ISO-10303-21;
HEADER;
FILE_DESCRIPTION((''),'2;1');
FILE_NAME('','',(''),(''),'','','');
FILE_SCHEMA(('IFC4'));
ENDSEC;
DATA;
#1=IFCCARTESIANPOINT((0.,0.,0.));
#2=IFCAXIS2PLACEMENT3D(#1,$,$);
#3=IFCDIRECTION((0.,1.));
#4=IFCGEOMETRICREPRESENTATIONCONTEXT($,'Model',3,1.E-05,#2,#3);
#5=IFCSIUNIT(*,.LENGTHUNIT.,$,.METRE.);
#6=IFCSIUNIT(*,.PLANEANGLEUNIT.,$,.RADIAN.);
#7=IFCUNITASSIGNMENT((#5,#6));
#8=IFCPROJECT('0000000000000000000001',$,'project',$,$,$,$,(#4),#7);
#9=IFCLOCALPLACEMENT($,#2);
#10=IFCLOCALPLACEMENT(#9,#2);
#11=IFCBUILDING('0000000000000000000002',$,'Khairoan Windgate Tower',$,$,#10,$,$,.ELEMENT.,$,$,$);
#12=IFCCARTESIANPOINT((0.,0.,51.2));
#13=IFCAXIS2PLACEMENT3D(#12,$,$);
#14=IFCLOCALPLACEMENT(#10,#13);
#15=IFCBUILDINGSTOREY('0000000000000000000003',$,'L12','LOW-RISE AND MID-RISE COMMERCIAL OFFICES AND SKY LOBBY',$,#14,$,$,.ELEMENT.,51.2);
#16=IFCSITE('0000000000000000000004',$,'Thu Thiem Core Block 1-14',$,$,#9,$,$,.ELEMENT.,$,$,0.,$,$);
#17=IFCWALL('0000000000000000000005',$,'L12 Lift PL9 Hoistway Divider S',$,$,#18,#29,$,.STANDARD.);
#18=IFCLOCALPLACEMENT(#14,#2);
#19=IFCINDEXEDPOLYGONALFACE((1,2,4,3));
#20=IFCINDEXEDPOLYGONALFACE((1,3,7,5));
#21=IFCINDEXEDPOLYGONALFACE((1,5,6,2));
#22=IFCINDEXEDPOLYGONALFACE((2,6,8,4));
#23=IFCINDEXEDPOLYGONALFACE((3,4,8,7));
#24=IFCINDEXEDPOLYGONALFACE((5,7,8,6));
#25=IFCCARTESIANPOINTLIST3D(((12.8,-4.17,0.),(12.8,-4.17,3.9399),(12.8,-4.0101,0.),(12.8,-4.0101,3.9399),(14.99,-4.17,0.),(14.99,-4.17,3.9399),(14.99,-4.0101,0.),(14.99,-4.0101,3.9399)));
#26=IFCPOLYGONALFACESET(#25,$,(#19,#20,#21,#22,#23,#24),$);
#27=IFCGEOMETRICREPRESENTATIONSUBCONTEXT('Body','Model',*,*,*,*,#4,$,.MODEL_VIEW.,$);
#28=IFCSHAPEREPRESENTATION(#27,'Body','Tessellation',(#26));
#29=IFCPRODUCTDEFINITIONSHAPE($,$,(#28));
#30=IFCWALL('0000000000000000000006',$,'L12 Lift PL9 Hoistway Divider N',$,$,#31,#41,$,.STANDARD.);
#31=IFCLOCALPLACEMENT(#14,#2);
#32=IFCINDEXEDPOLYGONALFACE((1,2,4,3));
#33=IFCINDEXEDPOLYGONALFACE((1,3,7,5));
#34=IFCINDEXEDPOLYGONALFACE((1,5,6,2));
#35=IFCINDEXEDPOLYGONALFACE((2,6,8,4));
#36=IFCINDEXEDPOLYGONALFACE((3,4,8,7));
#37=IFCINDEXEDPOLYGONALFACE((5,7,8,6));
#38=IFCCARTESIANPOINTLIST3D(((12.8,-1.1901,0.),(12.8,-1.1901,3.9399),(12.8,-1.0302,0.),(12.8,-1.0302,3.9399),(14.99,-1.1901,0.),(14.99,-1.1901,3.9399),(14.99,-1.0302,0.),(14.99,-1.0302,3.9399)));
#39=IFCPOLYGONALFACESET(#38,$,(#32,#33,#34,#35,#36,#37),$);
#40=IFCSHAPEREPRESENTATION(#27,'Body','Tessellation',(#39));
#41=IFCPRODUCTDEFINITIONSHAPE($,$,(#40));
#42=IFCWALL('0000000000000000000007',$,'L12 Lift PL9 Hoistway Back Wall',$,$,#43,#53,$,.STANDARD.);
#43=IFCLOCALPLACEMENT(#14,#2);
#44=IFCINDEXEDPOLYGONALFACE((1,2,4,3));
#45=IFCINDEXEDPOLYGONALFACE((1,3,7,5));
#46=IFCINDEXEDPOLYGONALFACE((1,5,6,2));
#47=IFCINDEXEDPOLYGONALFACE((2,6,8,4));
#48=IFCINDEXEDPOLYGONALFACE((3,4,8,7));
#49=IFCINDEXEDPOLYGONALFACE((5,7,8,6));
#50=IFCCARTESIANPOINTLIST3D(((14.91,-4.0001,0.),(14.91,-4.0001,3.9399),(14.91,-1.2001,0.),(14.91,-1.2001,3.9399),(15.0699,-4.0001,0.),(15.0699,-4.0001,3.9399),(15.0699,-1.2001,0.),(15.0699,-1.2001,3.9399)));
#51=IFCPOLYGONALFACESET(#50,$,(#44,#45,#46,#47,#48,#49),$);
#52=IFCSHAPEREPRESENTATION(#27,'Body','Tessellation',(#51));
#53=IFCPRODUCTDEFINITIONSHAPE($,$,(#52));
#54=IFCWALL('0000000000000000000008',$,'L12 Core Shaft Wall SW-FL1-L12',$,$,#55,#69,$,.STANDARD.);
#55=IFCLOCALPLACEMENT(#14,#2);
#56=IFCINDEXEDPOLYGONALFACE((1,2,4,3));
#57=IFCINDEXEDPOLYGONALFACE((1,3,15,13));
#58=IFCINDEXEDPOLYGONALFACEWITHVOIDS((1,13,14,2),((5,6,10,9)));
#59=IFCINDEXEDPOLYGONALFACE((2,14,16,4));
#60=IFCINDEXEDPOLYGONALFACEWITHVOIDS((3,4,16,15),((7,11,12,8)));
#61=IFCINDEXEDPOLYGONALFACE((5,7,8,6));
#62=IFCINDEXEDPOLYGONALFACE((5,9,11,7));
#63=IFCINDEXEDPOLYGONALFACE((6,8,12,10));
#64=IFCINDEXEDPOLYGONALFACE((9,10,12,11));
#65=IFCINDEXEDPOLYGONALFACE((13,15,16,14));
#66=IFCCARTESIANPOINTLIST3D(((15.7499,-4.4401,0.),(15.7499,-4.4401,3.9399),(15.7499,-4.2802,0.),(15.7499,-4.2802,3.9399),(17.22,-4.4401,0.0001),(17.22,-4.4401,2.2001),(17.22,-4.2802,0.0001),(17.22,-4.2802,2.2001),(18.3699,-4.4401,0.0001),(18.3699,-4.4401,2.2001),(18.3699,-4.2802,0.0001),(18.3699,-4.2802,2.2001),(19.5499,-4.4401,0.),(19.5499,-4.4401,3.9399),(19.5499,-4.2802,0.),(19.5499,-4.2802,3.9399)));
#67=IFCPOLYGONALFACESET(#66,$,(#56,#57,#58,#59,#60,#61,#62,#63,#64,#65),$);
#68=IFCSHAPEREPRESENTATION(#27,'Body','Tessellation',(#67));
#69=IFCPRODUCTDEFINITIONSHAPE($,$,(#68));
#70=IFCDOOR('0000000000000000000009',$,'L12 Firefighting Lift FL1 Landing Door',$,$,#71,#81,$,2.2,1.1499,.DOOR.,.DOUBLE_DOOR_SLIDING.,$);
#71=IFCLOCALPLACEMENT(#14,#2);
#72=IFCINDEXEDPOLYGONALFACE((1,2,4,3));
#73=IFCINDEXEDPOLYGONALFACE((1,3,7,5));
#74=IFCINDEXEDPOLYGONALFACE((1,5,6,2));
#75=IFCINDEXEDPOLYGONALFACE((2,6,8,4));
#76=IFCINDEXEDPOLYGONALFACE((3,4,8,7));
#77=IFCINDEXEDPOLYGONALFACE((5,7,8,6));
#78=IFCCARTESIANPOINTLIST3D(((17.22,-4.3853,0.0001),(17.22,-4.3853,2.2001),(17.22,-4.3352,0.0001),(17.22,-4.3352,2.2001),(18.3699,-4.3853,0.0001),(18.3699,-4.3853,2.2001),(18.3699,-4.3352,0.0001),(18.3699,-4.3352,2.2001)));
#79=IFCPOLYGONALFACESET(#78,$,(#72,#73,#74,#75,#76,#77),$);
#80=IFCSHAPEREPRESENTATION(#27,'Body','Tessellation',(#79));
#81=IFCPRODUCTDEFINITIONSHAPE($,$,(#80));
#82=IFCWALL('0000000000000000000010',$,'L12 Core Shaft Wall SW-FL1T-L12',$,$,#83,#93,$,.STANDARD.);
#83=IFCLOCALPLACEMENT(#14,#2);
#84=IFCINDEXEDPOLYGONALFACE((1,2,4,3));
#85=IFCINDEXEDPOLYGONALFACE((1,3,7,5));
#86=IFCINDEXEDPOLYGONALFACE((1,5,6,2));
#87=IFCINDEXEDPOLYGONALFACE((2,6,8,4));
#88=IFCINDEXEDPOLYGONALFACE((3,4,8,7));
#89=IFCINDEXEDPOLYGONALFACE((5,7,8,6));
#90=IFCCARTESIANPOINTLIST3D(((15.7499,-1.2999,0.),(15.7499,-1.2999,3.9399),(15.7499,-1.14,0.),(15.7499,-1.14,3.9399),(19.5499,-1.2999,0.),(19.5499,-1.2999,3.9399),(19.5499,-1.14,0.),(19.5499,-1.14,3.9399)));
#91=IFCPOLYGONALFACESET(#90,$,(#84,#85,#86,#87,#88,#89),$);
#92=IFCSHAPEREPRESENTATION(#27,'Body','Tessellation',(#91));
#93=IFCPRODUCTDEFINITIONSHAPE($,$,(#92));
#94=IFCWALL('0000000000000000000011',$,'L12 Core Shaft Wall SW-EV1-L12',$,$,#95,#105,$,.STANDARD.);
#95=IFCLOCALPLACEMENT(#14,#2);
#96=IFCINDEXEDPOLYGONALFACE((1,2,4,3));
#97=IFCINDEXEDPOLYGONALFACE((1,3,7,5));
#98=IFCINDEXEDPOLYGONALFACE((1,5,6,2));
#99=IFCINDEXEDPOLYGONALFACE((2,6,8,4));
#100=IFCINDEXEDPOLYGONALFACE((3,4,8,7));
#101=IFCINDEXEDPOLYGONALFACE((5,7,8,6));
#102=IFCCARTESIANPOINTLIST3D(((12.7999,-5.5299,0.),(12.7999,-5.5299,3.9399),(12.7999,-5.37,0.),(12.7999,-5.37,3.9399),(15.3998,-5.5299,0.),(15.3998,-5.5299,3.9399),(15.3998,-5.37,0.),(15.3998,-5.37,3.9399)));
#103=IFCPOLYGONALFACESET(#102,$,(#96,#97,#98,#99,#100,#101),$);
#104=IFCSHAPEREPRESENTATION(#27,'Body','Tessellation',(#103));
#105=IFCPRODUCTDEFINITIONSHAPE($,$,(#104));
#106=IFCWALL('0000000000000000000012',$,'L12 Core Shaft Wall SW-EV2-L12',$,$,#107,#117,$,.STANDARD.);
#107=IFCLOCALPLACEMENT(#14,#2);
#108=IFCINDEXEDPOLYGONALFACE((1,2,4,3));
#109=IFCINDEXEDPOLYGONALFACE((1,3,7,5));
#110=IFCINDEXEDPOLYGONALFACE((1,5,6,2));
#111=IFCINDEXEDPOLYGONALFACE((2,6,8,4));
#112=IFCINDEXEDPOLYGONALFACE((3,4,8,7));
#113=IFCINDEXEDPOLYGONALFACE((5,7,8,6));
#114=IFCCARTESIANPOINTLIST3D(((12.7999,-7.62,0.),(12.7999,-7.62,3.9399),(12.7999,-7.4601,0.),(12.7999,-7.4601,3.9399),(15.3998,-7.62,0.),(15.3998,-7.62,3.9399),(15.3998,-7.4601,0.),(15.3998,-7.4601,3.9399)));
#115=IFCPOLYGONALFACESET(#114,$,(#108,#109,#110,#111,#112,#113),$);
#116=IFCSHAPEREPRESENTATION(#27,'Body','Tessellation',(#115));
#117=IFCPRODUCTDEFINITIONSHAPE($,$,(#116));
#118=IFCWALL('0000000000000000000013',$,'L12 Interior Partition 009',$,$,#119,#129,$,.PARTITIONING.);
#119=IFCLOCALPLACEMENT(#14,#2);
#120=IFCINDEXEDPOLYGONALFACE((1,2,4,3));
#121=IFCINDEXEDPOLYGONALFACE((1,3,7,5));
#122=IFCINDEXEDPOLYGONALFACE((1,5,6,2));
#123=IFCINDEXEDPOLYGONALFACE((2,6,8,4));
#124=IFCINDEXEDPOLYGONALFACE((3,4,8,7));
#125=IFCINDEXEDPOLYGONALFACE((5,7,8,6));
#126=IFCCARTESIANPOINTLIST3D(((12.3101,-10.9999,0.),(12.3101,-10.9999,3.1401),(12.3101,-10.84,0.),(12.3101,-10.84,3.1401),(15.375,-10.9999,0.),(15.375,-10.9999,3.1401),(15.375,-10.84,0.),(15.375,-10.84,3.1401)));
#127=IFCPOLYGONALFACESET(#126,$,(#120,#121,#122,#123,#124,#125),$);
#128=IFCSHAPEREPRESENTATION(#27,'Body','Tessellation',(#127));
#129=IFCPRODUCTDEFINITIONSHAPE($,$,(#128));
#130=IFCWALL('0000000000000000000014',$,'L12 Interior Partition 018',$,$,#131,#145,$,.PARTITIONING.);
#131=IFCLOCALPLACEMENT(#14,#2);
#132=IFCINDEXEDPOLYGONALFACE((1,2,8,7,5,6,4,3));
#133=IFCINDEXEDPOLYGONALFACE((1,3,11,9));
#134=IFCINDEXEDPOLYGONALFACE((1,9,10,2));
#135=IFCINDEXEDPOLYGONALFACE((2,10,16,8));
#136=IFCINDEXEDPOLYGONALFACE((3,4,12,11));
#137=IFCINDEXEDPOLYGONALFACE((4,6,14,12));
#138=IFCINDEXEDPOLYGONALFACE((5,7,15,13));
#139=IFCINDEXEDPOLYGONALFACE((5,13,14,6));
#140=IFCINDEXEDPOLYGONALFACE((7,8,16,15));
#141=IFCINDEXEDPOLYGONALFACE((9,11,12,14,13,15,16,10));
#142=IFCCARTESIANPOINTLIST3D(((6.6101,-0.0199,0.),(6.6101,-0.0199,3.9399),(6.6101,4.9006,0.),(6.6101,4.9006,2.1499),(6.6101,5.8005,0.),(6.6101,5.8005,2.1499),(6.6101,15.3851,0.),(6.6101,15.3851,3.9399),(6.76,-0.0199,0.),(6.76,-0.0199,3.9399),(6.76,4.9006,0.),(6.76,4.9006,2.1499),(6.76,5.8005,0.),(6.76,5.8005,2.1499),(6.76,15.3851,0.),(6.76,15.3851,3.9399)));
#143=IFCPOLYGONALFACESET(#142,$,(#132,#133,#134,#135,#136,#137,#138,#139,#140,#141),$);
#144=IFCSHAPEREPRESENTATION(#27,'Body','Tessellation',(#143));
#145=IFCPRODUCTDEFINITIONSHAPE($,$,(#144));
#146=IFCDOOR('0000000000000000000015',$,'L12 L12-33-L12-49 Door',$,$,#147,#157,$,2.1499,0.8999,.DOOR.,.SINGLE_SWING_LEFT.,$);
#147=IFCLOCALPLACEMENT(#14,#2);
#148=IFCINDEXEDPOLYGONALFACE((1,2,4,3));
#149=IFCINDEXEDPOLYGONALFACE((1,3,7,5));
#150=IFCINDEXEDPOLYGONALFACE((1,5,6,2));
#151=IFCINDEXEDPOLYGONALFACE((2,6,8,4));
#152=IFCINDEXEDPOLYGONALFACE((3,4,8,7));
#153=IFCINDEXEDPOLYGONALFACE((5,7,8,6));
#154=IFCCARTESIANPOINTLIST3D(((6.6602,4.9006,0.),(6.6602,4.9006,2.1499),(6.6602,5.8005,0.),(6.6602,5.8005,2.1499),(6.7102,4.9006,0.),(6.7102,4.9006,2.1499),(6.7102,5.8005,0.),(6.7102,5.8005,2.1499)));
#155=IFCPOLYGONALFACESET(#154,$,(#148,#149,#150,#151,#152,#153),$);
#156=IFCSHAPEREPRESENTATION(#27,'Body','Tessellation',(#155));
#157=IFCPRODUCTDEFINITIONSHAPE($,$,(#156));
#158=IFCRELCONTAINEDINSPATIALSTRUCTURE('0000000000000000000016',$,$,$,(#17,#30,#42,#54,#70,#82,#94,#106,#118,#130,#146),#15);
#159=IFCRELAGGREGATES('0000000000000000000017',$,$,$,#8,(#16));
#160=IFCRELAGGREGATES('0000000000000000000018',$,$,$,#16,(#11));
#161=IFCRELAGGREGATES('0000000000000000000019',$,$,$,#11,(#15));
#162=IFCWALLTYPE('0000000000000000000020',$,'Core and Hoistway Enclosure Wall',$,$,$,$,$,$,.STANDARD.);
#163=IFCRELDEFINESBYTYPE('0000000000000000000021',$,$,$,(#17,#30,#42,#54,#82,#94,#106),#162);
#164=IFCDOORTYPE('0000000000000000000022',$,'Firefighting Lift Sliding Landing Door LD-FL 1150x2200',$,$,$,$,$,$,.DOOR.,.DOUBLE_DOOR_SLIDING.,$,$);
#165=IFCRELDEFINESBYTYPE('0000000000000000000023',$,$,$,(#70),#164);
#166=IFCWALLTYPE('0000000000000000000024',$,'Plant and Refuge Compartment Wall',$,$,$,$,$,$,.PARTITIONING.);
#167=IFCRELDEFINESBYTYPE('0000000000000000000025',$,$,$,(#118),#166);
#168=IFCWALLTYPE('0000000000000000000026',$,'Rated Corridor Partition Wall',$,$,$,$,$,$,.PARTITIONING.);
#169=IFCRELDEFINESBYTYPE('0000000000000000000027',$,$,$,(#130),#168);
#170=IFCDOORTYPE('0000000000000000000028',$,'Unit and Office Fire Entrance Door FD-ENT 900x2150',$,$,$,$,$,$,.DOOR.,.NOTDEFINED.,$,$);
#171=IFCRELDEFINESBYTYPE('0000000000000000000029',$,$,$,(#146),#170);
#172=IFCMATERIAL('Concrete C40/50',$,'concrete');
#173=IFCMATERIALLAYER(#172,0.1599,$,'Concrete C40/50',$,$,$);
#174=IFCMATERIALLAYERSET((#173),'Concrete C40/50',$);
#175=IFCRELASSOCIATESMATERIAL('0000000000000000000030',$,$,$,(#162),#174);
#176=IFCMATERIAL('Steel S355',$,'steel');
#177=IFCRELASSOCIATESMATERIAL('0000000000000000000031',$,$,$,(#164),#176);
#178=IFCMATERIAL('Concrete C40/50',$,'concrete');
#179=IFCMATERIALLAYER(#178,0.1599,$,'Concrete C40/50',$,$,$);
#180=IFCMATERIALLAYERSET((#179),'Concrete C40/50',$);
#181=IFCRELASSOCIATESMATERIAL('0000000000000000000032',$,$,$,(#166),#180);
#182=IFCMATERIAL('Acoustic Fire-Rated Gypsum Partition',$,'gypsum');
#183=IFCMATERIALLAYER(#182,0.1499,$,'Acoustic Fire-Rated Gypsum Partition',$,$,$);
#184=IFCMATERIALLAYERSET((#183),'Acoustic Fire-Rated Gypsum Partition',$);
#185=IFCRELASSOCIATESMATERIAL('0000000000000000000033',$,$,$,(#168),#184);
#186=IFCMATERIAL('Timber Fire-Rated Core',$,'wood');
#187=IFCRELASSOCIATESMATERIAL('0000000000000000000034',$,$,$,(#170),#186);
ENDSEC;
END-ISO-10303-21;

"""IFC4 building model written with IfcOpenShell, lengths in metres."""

from ifc_helpers import new_model, si_unit, direction, frame, frame_2d, origin, place, context, subcontext, project, spatial, rectangle, extrude, material, layer, layer_set, type_object, element, fill, save


model = new_model("IFC4")

# Units and contexts
model_context = context("Model", 3, precision=1e-05, world=origin(), true_north=direction((0.0, 1.0)))
body_context = subcontext(model_context, "Body", "Model", "MODEL_VIEW")
ifc_project = project(units=[si_unit("LENGTHUNIT", "METRE"), si_unit("PLANEANGLEUNIT", "RADIAN")], contexts=[model_context])

# Site, building, storey
site_placement = place(None, origin())
site = spatial("IfcSite", under=ifc_project, at=site_placement, Name="Thu Thiem Core Block 1-14", CompositionType="ELEMENT", RefElevation=0.0)
building_placement = place(site_placement, origin())
building = spatial("IfcBuilding", under=site, at=building_placement, Name="Khairoan Windgate Tower", CompositionType="ELEMENT")
storey_placement = place(building_placement, frame((0.0, 0.0, 51.2)))
storey = spatial("IfcBuildingStorey", under=building, at=storey_placement, Name="L12", Description="LOW-RISE AND MID-RISE COMMERCIAL OFFICES AND SKY LOBBY", CompositionType="ELEMENT", Elevation=51.2)

# Walls
ifc_material_1 = material(Name="Concrete C40/50", Category="concrete")
ifc_layer_1 = layer(ifc_material_1, 0.1599, Name="Concrete C40/50")
ifc_layer_set_1 = layer_set([ifc_layer_1], Name="Concrete C40/50")
wall_type_1 = type_object("IfcWallType", Name="Core and Hoistway Enclosure Wall", PredefinedType="STANDARD", material=ifc_layer_set_1)
for number, where, z_axis, x_axis, name in (
    (1, (12.8, -4.0901, 0.0), (0.0, 0.0, 1.0), (1.0, 0.0, 0.0), "L12 Lift PL9 Hoistway Divider S"),
    (2, (12.8, -1.1101, 0.0), (0.0, 0.0, 1.0), (1.0, 0.0, 0.0), "L12 Lift PL9 Hoistway Divider N"),
):
    element("IfcWall", number, at=place(storey_placement, frame(where, z_axis=z_axis, x_axis=x_axis)), inside=storey, type_object=wall_type_1, Name=name, PredefinedType="STANDARD", context=body_context, shape_type="SweptSolid", body=[
        extrude(rectangle(XDim=2.1899, YDim=0.1599, at=frame_2d((1.095, 0.0))), origin(), (0.0, 0.0, 1.0), 3.9399),
    ])
wall_1_placement = place(storey_placement, frame((14.99, -4.0, 0.0), z_axis=(0.0, 0.0, 1.0), x_axis=(0.0, 1.0, 0.0)))
element("IfcWall", 3, at=wall_1_placement, inside=storey, type_object=wall_type_1, Name="L12 Lift PL9 Hoistway Back Wall", PredefinedType="STANDARD", context=body_context, shape_type="SweptSolid", body=[
    extrude(rectangle(XDim=2.8, YDim=0.1599, at=frame_2d((1.3999, 0.0))), origin(), (0.0, 0.0, 1.0), 3.9399),
])

# Wall, opening, door
wall_2_placement = place(storey_placement, frame((15.75, -4.3601, 0.0), z_axis=(0.0, 0.0, 1.0), x_axis=(1.0, 0.0, 0.0)))
wall_2 = element("IfcWall", 4, at=wall_2_placement, inside=storey, type_object=wall_type_1, Name="L12 Core Shaft Wall SW-FL1-L12", PredefinedType="STANDARD", context=body_context, shape_type="SweptSolid", body=[
    extrude(rectangle(XDim=3.8, YDim=0.1599, at=frame_2d((1.8999, 0.0))), origin(), (0.0, 0.0, 1.0), 3.9399),
])
opening_1_placement = place(wall_2_placement, frame((1.47, 0.0, 0.0)))
opening_1 = element("IfcOpeningElement", 5, at=opening_1_placement, cuts=wall_2, PredefinedType="OPENING", context=body_context, shape_type="SweptSolid", body=[
    extrude(rectangle(XDim=1.1499, YDim=2.2, at=frame_2d((0.575, 1.1001))), frame((0.0, 0.0898, 0.0), z_axis=(0.0, -1.0, 0.0), x_axis=(1.0, 0.0, 0.0)), (0.0, 0.0, 1.0), 0.1799),
])
ifc_material_2 = material(Name="Steel S355", Category="steel")
door_type_1 = type_object("IfcDoorType", Name="Firefighting Lift Sliding Landing Door LD-FL 1150x2200", OperationType="DOUBLE_DOOR_SLIDING", PredefinedType="DOOR", material=ifc_material_2)
door_1_placement = place(opening_1_placement, origin())
door_1 = element("IfcDoor", 6, at=door_1_placement, inside=storey, type_object=door_type_1, Name="L12 Firefighting Lift FL1 Landing Door", OperationType="DOUBLE_DOOR_SLIDING", OverallHeight=2.2, OverallWidth=1.1499, PredefinedType="DOOR", context=body_context, shape_type="SweptSolid", body=[
    extrude(rectangle(XDim=1.1499, YDim=2.2, at=frame_2d((0.575, 1.1001))), frame((0.0, 0.0249, 0.0), z_axis=(0.0, -1.0, 0.0), x_axis=(1.0, 0.0, 0.0)), (0.0, 0.0, 1.0), 0.05),
])
fill(opening_1, door_1)

# Walls
wall_3_placement = place(storey_placement, frame((15.75, -1.22, 0.0), z_axis=(0.0, 0.0, 1.0), x_axis=(1.0, 0.0, 0.0)))
element("IfcWall", 7, at=wall_3_placement, inside=storey, type_object=wall_type_1, Name="L12 Core Shaft Wall SW-FL1T-L12", PredefinedType="STANDARD", context=body_context, shape_type="SweptSolid", body=[
    extrude(rectangle(XDim=3.8, YDim=0.1599, at=frame_2d((1.8999, 0.0))), origin(), (0.0, 0.0, 1.0), 3.9399),
])
for number, where, z_axis, x_axis, name in (
    (8, (12.8, -5.45, 0.0), (0.0, 0.0, 1.0), (1.0, 0.0, 0.0), "L12 Core Shaft Wall SW-EV1-L12"),
    (9, (12.8, -7.54, 0.0), (0.0, 0.0, 1.0), (1.0, 0.0, 0.0), "L12 Core Shaft Wall SW-EV2-L12"),
):
    element("IfcWall", number, at=place(storey_placement, frame(where, z_axis=z_axis, x_axis=x_axis)), inside=storey, type_object=wall_type_1, Name=name, PredefinedType="STANDARD", context=body_context, shape_type="SweptSolid", body=[
        extrude(rectangle(XDim=2.5999, YDim=0.1599, at=frame_2d((1.2998, 0.0))), origin(), (0.0, 0.0, 1.0), 3.9399),
    ])
ifc_material_3 = material(Name="Concrete C40/50", Category="concrete")
ifc_layer_2 = layer(ifc_material_3, 0.1599, Name="Concrete C40/50")
ifc_layer_set_2 = layer_set([ifc_layer_2], Name="Concrete C40/50")
wall_type_2 = type_object("IfcWallType", Name="Plant and Refuge Compartment Wall", PredefinedType="PARTITIONING", material=ifc_layer_set_2)
wall_4_placement = place(storey_placement, frame((12.3101, -10.9199, 0.0), z_axis=(0.0, 0.0, 1.0), x_axis=(1.0, 0.0, 0.0)))
element("IfcWall", 10, at=wall_4_placement, inside=storey, type_object=wall_type_2, Name="L12 Interior Partition 009", PredefinedType="PARTITIONING", context=body_context, shape_type="SweptSolid", body=[
    extrude(rectangle(XDim=3.0649, YDim=0.1599, at=frame_2d((1.5325, 0.0))), origin(), (0.0, 0.0, 1.0), 3.1401),
])

# Wall, opening, door
ifc_material_4 = material(Name="Acoustic Fire-Rated Gypsum Partition", Category="gypsum")
ifc_layer_3 = layer(ifc_material_4, 0.1499, Name="Acoustic Fire-Rated Gypsum Partition")
ifc_layer_set_3 = layer_set([ifc_layer_3], Name="Acoustic Fire-Rated Gypsum Partition")
wall_type_3 = type_object("IfcWallType", Name="Rated Corridor Partition Wall", PredefinedType="PARTITIONING", material=ifc_layer_set_3)
wall_5_placement = place(storey_placement, frame((6.6851, -0.02, 0.0), z_axis=(0.0, 0.0, 1.0), x_axis=(0.0, 1.0, 0.0)))
wall_5 = element("IfcWall", 11, at=wall_5_placement, inside=storey, type_object=wall_type_3, Name="L12 Interior Partition 018", PredefinedType="PARTITIONING", context=body_context, shape_type="SweptSolid", body=[
    extrude(rectangle(XDim=15.405, YDim=0.1499, at=frame_2d((7.7026, 0.0))), origin(), (0.0, 0.0, 1.0), 3.9399),
])
opening_2_placement = place(wall_5_placement, frame((4.9207, 0.0, 0.0)))
opening_2 = element("IfcOpeningElement", 12, at=opening_2_placement, cuts=wall_5, PredefinedType="OPENING", context=body_context, shape_type="SweptSolid", body=[
    extrude(rectangle(XDim=0.8999, YDim=2.1499, at=frame_2d((0.45, 1.075))), frame((0.0, 0.085, 0.0), z_axis=(0.0, -1.0, 0.0), x_axis=(1.0, 0.0, 0.0)), (0.0, 0.0, 1.0), 0.1699),
])
ifc_material_5 = material(Name="Timber Fire-Rated Core", Category="wood")
door_type_2 = type_object("IfcDoorType", Name="Unit and Office Fire Entrance Door FD-ENT 900x2150", OperationType="NOTDEFINED", PredefinedType="DOOR", material=ifc_material_5)
door_2_placement = place(opening_2_placement, origin())
door_2 = element("IfcDoor", 13, at=door_2_placement, inside=storey, type_object=door_type_2, Name="L12 L12-33-L12-49 Door", OperationType="SINGLE_SWING_LEFT", OverallHeight=2.1499, OverallWidth=0.8999, PredefinedType="DOOR", context=body_context, shape_type="SweptSolid", body=[
    extrude(rectangle(XDim=0.8999, YDim=2.1499, at=frame_2d((0.45, 1.075))), frame((0.0, 0.0249, 0.0), z_axis=(0.0, -1.0, 0.0), x_axis=(1.0, 0.0, 0.0)), (0.0, 0.0, 1.0), 0.05),
])
fill(opening_2, door_2)

save(model, "model.ifc")
